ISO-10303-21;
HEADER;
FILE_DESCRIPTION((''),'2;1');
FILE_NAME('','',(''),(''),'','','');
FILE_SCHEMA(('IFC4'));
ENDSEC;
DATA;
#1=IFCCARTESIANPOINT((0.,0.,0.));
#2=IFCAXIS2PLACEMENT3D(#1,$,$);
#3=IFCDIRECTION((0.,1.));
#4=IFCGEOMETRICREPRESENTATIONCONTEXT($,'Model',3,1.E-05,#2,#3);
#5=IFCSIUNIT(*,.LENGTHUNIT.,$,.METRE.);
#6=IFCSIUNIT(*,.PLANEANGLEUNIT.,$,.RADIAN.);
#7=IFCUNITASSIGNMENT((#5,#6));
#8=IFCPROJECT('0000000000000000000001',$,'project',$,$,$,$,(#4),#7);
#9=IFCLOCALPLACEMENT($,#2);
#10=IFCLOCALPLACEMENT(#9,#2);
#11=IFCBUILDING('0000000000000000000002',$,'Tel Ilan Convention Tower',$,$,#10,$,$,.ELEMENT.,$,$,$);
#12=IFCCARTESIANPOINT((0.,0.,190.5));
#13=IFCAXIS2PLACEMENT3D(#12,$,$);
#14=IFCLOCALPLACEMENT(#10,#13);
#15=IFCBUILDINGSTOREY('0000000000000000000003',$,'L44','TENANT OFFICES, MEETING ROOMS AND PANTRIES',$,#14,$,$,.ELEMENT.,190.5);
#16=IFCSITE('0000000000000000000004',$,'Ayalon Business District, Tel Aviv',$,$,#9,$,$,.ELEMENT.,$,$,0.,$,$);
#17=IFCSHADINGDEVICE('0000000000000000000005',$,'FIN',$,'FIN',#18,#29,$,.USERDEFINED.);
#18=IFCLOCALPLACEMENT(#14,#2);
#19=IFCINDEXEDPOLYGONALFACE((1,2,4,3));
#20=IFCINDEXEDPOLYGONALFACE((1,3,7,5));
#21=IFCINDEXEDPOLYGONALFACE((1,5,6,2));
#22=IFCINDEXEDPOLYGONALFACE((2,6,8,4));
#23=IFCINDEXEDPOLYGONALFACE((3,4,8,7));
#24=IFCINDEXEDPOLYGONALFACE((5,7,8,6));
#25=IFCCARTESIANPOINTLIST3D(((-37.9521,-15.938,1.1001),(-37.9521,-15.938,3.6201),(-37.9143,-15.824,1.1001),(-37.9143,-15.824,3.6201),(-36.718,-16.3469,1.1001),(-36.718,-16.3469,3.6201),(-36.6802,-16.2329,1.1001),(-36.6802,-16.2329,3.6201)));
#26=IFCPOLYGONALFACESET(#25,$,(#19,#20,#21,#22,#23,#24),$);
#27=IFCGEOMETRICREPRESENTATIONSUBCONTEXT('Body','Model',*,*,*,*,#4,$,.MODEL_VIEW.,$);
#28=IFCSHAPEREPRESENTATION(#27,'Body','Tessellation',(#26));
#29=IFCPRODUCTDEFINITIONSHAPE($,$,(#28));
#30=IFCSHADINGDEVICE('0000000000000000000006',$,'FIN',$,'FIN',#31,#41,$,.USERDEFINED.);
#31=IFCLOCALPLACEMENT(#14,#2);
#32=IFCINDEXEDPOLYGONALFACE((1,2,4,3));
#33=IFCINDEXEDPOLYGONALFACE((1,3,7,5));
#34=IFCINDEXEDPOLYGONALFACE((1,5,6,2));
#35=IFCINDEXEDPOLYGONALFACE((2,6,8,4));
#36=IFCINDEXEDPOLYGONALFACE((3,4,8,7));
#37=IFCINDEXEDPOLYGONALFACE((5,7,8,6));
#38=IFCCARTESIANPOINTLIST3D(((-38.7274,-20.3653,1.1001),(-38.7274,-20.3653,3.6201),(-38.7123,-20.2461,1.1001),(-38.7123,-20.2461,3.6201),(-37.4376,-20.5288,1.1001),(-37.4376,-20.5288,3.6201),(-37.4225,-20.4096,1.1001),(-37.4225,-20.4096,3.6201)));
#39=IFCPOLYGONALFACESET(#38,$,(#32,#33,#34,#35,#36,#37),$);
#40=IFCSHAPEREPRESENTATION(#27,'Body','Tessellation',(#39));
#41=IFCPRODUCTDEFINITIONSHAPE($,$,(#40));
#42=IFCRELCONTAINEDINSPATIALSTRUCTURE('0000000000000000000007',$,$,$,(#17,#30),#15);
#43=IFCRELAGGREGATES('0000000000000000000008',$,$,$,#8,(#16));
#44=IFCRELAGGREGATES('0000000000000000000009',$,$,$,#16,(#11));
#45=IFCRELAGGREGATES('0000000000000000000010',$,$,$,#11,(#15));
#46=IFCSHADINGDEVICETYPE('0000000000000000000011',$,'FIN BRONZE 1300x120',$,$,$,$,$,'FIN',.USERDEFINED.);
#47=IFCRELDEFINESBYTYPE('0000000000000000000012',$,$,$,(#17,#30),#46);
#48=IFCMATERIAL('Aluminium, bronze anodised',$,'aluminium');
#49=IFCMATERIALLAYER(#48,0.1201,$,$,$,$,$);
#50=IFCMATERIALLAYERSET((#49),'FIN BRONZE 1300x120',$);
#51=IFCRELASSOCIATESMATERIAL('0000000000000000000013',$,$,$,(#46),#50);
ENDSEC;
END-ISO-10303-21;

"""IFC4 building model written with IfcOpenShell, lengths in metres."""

from ifc_helpers import new_model, si_unit, direction, frame, origin, origin_2d, place, context, subcontext, project, spatial, rectangle, extrude, material, layer, layer_set, type_object, element, save


model = new_model("IFC4")

# Units and contexts
model_context = context("Model", 3, precision=1e-05, world=origin(), true_north=direction((0.0, 1.0)))
body_context = subcontext(model_context, "Body", "Model", "MODEL_VIEW")
ifc_project = project(units=[si_unit("LENGTHUNIT", "METRE"), si_unit("PLANEANGLEUNIT", "RADIAN")], contexts=[model_context])

# Site, building, storey
site_placement = place(None, origin())
site = spatial("IfcSite", under=ifc_project, at=site_placement, Name="Ayalon Business District, Tel Aviv", CompositionType="ELEMENT", RefElevation=0.0)
building_placement = place(site_placement, origin())
building = spatial("IfcBuilding", under=site, at=building_placement, Name="Tel Ilan Convention Tower", CompositionType="ELEMENT")
storey_placement = place(building_placement, frame((0.0, 0.0, 190.5)))
storey = spatial("IfcBuildingStorey", under=building, at=storey_placement, Name="L44", Description="TENANT OFFICES, MEETING ROOMS AND PANTRIES", CompositionType="ELEMENT", Elevation=190.5)

# Shading devices
ifc_material_1 = material(Name="Aluminium, bronze anodised", Category="aluminium")
ifc_layer_1 = layer(ifc_material_1, 0.1201)
ifc_layer_set_1 = layer_set([ifc_layer_1], Name="FIN BRONZE 1300x120")
shading_device_type = type_object("IfcShadingDeviceType", Name="FIN BRONZE 1300x120", ElementType="FIN", PredefinedType="USERDEFINED", material=ifc_layer_set_1)
for number, where, z_axis, x_axis, name in (
    (1, (-37.3162, -16.0854, 1.1001), (0.0, 0.0, 1.0), (-0.949243, 0.314545, 0.0), "FIN"),
    (2, (-38.075, -20.3875, 1.1001), (0.0, 0.0, 1.0), (-0.992066, 0.125718, 0.0), "FIN"),
):
    element("IfcShadingDevice", number, at=place(storey_placement, frame(where, z_axis=z_axis, x_axis=x_axis)), inside=storey, type_object=shading_device_type, Name=name, ObjectType="FIN", PredefinedType="USERDEFINED", context=body_context, shape_type="SweptSolid", body=[
        extrude(rectangle(XDim=1.3, YDim=0.1201, at=origin_2d()), origin(), (0.0, 0.0, 1.0), 2.52),
    ])

save(model, "model.ifc")
